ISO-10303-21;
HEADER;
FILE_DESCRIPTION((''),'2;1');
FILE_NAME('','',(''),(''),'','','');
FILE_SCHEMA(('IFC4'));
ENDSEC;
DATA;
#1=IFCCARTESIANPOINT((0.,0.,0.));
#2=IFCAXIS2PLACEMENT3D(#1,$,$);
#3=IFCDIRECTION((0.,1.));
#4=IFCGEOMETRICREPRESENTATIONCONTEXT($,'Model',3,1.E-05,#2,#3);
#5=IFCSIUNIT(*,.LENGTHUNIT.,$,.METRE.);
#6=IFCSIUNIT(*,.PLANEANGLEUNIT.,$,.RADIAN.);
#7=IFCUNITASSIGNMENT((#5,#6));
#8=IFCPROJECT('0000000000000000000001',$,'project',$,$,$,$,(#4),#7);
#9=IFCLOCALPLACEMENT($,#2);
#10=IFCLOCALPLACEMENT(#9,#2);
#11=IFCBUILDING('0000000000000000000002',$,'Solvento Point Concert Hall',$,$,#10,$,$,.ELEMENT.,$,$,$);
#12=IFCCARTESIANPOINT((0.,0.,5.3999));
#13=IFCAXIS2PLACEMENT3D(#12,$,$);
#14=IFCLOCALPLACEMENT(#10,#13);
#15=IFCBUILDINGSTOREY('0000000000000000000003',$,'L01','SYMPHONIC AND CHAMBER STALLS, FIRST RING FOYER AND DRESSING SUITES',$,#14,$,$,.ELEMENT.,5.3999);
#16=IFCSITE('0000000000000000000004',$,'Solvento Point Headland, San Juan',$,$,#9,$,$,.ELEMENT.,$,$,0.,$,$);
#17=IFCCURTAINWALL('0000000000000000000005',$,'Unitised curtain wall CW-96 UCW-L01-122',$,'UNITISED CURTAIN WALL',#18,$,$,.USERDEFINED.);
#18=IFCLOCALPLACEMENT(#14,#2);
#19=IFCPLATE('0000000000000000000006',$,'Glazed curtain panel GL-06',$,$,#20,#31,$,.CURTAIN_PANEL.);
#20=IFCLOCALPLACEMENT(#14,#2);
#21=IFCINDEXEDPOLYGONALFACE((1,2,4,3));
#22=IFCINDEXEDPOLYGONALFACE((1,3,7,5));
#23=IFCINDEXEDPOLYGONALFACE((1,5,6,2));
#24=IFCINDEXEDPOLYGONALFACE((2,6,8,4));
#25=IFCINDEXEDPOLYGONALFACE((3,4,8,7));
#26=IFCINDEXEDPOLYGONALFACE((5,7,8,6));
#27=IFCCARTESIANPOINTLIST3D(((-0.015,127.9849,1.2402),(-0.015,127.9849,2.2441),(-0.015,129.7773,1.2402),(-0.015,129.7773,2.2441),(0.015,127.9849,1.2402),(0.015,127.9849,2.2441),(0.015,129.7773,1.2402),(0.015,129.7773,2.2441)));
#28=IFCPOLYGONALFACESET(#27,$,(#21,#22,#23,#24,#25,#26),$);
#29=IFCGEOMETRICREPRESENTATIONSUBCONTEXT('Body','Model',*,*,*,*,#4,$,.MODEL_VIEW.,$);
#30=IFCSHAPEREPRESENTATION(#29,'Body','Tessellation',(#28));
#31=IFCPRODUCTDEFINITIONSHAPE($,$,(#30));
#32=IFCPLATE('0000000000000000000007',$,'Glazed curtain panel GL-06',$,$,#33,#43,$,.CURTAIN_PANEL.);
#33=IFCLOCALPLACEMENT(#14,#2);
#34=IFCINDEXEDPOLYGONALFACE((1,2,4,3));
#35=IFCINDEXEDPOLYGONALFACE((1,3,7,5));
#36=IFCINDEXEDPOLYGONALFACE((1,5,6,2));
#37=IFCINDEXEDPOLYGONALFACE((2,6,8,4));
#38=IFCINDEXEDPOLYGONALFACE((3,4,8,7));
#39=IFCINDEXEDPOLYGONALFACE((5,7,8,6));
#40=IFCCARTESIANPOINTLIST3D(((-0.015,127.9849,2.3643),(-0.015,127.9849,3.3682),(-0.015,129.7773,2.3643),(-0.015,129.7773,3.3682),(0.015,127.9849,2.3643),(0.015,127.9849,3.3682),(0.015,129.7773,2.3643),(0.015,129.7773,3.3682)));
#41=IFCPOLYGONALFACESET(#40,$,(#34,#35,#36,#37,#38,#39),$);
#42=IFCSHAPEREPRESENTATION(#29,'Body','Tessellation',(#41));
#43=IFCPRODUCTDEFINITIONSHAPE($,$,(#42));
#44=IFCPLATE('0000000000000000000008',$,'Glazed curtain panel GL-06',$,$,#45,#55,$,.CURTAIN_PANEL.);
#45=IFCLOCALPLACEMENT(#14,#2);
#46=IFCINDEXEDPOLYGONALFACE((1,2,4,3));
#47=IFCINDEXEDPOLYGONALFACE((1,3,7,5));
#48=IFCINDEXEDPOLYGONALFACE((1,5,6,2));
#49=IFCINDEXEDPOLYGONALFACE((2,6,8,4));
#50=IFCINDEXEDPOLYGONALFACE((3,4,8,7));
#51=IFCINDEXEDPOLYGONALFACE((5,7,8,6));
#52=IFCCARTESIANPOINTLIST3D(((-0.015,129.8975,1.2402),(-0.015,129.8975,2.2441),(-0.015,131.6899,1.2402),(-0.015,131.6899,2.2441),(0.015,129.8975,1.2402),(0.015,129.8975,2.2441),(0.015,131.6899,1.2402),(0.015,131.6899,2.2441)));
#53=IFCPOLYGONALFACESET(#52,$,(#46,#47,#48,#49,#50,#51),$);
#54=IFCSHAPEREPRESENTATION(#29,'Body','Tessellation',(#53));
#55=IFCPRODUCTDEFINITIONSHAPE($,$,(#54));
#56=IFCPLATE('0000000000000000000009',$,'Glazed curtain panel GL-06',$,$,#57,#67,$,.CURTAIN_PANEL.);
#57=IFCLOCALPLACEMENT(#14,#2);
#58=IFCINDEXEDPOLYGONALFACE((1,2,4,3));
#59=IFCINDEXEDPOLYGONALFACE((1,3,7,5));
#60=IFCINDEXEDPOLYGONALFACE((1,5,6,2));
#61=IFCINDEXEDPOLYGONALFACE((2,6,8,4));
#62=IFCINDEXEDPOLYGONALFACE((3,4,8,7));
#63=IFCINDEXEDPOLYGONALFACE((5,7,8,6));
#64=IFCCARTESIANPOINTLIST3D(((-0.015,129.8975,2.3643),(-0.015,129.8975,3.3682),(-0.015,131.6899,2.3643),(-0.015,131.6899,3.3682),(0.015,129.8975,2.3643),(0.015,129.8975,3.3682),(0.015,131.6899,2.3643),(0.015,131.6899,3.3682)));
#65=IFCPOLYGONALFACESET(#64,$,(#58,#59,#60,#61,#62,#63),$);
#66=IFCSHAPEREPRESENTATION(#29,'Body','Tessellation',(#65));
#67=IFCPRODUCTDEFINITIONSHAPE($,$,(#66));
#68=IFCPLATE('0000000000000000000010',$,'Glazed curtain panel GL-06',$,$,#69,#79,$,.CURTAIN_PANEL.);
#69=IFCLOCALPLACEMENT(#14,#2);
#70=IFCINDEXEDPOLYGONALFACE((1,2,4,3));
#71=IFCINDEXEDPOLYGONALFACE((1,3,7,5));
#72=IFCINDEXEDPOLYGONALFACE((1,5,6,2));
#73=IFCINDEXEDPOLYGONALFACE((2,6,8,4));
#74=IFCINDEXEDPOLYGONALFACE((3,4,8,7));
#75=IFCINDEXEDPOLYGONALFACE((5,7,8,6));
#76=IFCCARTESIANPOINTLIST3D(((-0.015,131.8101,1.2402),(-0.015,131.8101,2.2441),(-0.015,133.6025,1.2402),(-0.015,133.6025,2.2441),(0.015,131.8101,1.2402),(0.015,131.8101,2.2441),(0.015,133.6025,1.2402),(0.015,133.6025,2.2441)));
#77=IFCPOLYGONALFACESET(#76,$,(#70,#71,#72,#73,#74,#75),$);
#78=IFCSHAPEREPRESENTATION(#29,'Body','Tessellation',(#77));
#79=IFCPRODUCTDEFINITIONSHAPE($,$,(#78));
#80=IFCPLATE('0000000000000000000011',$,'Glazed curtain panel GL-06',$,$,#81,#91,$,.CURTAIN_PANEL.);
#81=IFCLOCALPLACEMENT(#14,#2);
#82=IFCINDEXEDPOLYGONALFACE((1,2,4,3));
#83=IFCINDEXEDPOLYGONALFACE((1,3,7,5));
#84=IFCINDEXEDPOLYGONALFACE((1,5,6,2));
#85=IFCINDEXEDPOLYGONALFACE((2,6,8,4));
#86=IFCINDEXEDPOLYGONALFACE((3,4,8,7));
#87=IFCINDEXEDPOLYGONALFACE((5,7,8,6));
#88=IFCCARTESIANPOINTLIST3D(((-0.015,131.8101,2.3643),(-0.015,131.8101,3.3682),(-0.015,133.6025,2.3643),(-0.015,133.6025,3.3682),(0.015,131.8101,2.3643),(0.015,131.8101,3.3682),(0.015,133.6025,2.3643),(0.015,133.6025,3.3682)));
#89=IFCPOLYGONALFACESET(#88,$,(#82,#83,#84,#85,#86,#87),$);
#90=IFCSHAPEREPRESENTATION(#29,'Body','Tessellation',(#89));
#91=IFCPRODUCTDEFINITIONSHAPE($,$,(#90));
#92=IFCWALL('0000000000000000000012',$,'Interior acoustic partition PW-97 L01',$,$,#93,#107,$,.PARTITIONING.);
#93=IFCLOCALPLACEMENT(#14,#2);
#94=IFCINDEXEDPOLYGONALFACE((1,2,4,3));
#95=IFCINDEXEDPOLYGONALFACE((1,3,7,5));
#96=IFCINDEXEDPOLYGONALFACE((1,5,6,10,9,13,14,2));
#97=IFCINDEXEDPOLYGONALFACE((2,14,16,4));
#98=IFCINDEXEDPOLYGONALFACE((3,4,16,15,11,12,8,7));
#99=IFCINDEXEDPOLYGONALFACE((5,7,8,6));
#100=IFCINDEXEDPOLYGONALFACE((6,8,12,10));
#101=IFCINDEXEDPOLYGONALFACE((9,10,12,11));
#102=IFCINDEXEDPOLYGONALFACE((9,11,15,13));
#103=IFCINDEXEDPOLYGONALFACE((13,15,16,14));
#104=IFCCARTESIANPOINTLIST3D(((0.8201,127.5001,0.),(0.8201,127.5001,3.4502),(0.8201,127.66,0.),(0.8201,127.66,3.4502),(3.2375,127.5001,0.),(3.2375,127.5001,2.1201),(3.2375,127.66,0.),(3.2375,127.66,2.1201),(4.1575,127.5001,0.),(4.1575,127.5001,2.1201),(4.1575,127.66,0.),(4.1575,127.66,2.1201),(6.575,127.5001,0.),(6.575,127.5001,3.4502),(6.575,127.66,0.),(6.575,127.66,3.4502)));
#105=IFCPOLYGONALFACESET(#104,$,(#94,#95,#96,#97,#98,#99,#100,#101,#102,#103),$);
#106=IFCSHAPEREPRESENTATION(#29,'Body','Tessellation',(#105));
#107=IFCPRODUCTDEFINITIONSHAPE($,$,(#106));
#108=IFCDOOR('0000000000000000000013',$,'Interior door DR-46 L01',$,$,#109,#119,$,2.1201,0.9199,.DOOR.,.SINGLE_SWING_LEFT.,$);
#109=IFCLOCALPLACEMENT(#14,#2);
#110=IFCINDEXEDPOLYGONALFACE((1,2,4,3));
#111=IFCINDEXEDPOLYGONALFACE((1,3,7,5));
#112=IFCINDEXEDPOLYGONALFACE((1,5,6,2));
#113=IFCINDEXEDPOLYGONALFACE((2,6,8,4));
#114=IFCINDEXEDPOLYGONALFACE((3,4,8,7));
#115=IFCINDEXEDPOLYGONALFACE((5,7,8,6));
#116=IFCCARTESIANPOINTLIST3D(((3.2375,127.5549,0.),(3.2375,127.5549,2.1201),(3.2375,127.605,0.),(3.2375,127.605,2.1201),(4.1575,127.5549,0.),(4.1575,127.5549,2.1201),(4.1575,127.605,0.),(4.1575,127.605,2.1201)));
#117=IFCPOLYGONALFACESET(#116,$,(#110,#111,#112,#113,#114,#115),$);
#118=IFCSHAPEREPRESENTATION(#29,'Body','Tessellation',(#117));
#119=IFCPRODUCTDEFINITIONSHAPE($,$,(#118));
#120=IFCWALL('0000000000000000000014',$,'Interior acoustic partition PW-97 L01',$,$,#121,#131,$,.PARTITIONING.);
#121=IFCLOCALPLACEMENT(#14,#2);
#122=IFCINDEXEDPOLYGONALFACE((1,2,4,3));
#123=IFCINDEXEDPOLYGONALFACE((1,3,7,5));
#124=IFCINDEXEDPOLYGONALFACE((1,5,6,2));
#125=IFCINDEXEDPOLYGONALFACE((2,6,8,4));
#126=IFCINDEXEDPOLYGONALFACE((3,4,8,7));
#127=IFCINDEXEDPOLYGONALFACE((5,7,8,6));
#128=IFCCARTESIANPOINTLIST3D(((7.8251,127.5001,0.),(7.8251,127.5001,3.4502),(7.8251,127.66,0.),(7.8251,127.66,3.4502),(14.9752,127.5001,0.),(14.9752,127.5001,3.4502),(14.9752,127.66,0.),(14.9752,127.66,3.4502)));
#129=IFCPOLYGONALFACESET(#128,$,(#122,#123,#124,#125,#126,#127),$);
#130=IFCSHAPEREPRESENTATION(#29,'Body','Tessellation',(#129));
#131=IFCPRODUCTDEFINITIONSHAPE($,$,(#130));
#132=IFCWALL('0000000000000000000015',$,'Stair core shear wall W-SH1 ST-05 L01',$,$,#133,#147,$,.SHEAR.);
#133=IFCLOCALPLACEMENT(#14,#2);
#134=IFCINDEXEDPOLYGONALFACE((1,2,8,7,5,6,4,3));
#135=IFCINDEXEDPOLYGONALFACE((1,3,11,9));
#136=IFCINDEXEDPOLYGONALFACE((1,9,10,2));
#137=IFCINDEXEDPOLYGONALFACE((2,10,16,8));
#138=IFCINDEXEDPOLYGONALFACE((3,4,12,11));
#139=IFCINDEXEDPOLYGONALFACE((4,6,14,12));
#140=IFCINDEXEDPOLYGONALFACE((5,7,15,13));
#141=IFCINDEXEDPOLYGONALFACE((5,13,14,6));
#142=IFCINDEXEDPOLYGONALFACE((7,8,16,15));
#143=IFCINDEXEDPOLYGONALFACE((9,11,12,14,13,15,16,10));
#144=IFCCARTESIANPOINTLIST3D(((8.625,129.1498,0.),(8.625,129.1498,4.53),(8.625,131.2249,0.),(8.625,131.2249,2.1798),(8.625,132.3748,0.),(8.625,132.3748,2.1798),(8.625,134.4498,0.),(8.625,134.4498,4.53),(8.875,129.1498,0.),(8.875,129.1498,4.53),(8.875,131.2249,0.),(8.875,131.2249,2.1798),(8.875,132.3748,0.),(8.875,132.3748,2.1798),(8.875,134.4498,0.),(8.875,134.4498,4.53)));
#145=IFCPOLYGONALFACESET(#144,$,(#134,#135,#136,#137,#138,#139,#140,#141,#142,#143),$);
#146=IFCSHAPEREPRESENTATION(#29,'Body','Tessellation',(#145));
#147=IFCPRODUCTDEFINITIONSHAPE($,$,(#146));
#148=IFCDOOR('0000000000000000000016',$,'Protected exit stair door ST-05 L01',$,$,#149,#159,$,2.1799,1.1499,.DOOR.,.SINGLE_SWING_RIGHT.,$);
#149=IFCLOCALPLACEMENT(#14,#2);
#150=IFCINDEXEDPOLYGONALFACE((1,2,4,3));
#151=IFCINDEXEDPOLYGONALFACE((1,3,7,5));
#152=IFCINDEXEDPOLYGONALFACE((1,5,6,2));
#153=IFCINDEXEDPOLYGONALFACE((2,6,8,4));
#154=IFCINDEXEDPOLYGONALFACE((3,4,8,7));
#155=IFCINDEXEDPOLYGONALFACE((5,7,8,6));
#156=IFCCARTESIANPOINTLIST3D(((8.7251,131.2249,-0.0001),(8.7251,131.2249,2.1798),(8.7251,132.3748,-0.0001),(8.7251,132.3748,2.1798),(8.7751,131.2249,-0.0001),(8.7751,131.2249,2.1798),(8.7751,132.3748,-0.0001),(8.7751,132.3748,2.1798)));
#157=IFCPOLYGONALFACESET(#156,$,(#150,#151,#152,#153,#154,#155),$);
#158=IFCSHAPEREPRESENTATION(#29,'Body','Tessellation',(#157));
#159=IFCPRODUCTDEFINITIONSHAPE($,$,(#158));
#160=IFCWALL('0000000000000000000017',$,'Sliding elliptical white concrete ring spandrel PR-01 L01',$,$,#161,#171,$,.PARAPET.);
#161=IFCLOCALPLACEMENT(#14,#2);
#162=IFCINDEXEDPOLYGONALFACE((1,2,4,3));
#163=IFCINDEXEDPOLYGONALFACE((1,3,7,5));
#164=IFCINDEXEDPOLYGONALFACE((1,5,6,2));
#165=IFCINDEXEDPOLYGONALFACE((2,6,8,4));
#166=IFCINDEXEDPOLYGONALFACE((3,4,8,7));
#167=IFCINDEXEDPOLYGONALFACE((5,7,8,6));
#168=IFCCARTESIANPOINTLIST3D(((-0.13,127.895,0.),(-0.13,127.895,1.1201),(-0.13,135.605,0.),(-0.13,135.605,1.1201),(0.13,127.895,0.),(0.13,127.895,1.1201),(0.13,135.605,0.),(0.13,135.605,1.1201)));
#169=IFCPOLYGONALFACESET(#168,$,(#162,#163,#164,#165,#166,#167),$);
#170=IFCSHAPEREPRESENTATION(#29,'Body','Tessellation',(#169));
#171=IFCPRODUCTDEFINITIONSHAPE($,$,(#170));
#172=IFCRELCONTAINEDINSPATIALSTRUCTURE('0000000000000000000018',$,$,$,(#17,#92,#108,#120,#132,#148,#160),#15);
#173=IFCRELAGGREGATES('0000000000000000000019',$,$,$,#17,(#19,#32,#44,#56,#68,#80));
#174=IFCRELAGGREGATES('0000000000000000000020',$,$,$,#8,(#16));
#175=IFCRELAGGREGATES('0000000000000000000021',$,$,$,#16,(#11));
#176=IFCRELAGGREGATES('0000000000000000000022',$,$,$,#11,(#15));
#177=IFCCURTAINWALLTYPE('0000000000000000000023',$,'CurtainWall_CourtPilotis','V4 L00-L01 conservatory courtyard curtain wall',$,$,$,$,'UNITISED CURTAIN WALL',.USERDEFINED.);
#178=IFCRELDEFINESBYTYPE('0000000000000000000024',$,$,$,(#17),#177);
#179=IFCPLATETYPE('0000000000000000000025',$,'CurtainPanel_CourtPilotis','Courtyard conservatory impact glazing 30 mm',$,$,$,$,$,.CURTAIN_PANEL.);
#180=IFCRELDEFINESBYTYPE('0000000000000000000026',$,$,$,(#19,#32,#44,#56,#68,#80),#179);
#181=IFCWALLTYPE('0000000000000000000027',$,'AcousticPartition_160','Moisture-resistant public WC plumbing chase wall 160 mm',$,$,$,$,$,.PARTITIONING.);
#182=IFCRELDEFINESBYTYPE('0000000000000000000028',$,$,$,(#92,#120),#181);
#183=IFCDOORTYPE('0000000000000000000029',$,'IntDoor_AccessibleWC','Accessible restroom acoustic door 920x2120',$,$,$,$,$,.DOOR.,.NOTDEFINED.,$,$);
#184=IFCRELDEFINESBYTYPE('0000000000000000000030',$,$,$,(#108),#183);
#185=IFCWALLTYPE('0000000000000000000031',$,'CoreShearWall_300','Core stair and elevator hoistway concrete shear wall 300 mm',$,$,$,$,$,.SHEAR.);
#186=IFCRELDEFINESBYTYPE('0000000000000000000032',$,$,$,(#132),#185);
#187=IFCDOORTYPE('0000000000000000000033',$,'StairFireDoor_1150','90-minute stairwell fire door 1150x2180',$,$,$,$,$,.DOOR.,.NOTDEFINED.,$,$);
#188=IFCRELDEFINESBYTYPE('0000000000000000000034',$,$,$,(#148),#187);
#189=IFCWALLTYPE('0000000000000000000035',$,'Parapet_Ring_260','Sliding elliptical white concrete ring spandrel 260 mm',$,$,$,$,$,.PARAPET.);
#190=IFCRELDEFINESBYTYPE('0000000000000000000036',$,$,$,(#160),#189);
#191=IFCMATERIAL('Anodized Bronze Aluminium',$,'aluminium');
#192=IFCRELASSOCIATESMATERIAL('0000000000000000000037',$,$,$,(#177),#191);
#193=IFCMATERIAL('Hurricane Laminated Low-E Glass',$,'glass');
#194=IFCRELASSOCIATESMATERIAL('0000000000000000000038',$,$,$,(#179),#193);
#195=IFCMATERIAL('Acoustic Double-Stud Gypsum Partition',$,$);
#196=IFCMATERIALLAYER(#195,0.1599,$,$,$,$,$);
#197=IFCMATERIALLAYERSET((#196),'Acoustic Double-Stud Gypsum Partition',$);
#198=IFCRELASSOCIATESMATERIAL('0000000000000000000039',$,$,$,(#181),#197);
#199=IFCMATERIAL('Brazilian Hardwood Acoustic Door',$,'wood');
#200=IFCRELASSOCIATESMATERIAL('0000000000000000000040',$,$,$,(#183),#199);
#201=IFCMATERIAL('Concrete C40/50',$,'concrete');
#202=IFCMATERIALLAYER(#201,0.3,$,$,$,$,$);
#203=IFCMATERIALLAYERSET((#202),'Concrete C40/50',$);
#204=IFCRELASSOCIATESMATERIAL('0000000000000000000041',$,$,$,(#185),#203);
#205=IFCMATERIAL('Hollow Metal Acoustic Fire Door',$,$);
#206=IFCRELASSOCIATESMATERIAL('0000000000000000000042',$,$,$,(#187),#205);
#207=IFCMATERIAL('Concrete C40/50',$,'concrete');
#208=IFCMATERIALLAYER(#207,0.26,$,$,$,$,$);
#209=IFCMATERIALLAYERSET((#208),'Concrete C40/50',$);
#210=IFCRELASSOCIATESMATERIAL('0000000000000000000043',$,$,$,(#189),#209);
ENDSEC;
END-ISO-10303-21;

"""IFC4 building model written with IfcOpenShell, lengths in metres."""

from ifc_helpers import new_model, si_unit, direction, frame, frame_2d, origin, origin_2d, place, context, subcontext, project, spatial, rectangle, extrude, material, layer, layer_set, type_object, element, fill, aggregate, save


model = new_model("IFC4")

# Units and contexts
model_context = context("Model", 3, precision=1e-05, world=origin(), true_north=direction((0.0, 1.0)))
body_context = subcontext(model_context, "Body", "Model", "MODEL_VIEW")
ifc_project = project(units=[si_unit("LENGTHUNIT", "METRE"), si_unit("PLANEANGLEUNIT", "RADIAN")], contexts=[model_context])

# Site, building, storey
site_placement = place(None, origin())
site = spatial("IfcSite", under=ifc_project, at=site_placement, Name="Solvento Point Headland, San Juan", CompositionType="ELEMENT", RefElevation=0.0)
building_placement = place(site_placement, origin())
building = spatial("IfcBuilding", under=site, at=building_placement, Name="Solvento Point Concert Hall", CompositionType="ELEMENT")
storey_placement = place(building_placement, frame((0.0, 0.0, 5.3999)))
storey = spatial("IfcBuildingStorey", under=building, at=storey_placement, Name="L01", Description="SYMPHONIC AND CHAMBER STALLS, FIRST RING FOYER AND DRESSING SUITES", CompositionType="ELEMENT", Elevation=5.3999)

# Curtain wall
ifc_material_1 = material(Name="Anodized Bronze Aluminium", Category="aluminium")
curtain_wall_type = type_object("IfcCurtainWallType", Name="CurtainWall_CourtPilotis", Description="V4 L00-L01 conservatory courtyard curtain wall", ElementType="UNITISED CURTAIN WALL", PredefinedType="USERDEFINED", material=ifc_material_1)
curtain_wall_1_placement = place(storey_placement, origin())
curtain_wall_1 = element("IfcCurtainWall", 1, at=curtain_wall_1_placement, inside=storey, type_object=curtain_wall_type, Name="Unitised curtain wall CW-96 UCW-L01-122", ObjectType="UNITISED CURTAIN WALL", PredefinedType="USERDEFINED")

# Plates
ifc_material_2 = material(Name="Hurricane Laminated Low-E Glass", Category="glass")
plate_type = type_object("IfcPlateType", Name="CurtainPanel_CourtPilotis", Description="Courtyard conservatory impact glazing 30 mm", PredefinedType="CURTAIN_PANEL", material=ifc_material_2)
plate_1_placement = place(storey_placement, frame((0.0, 128.8811, 1.2402), z_axis=(0.0, 0.0, 1.0), x_axis=(0.0, 1.0, 0.0)))
plate_1 = element("IfcPlate", 2, at=plate_1_placement, type_object=plate_type, Name="Glazed curtain panel GL-06", PredefinedType="CURTAIN_PANEL", context=body_context, shape_type="SweptSolid", body=[
    extrude(rectangle(XDim=1.7925, YDim=0.03, at=origin_2d()), origin(), (0.0, 0.0, 1.0), 1.0039),
])
plate_2_placement = place(storey_placement, frame((0.0, 128.8811, 2.3643), z_axis=(0.0, 0.0, 1.0), x_axis=(0.0, 1.0, 0.0)))
plate_2 = element("IfcPlate", 3, at=plate_2_placement, type_object=plate_type, Name="Glazed curtain panel GL-06", PredefinedType="CURTAIN_PANEL", context=body_context, shape_type="SweptSolid", body=[
    extrude(rectangle(XDim=1.7925, YDim=0.03, at=origin_2d()), origin(), (0.0, 0.0, 1.0), 1.0039),
])
plate_3_placement = place(storey_placement, frame((0.0, 130.7937, 1.2402), z_axis=(0.0, 0.0, 1.0), x_axis=(0.0, 1.0, 0.0)))
plate_3 = element("IfcPlate", 4, at=plate_3_placement, type_object=plate_type, Name="Glazed curtain panel GL-06", PredefinedType="CURTAIN_PANEL", context=body_context, shape_type="SweptSolid", body=[
    extrude(rectangle(XDim=1.7925, YDim=0.03, at=origin_2d()), origin(), (0.0, 0.0, 1.0), 1.0039),
])
plate_4_placement = place(storey_placement, frame((0.0, 130.7937, 2.3643), z_axis=(0.0, 0.0, 1.0), x_axis=(0.0, 1.0, 0.0)))
plate_4 = element("IfcPlate", 5, at=plate_4_placement, type_object=plate_type, Name="Glazed curtain panel GL-06", PredefinedType="CURTAIN_PANEL", context=body_context, shape_type="SweptSolid", body=[
    extrude(rectangle(XDim=1.7925, YDim=0.03, at=origin_2d()), origin(), (0.0, 0.0, 1.0), 1.0039),
])
plate_5_placement = place(storey_placement, frame((0.0, 132.7063, 1.2402), z_axis=(0.0, 0.0, 1.0), x_axis=(0.0, 1.0, 0.0)))
plate_5 = element("IfcPlate", 6, at=plate_5_placement, type_object=plate_type, Name="Glazed curtain panel GL-06", PredefinedType="CURTAIN_PANEL", context=body_context, shape_type="SweptSolid", body=[
    extrude(rectangle(XDim=1.7925, YDim=0.03, at=origin_2d()), origin(), (0.0, 0.0, 1.0), 1.0039),
])
plate_6_placement = place(storey_placement, frame((0.0, 132.7063, 2.3643), z_axis=(0.0, 0.0, 1.0), x_axis=(0.0, 1.0, 0.0)))
plate_6 = element("IfcPlate", 7, at=plate_6_placement, type_object=plate_type, Name="Glazed curtain panel GL-06", PredefinedType="CURTAIN_PANEL", context=body_context, shape_type="SweptSolid", body=[
    extrude(rectangle(XDim=1.7925, YDim=0.03, at=origin_2d()), origin(), (0.0, 0.0, 1.0), 1.0039),
])
aggregate(curtain_wall_1, [plate_1, plate_2, plate_3, plate_4, plate_5, plate_6])

# Wall, opening, door
ifc_material_3 = material(Name="Acoustic Double-Stud Gypsum Partition")
ifc_layer_1 = layer(ifc_material_3, 0.1599)
ifc_layer_set_1 = layer_set([ifc_layer_1], Name="Acoustic Double-Stud Gypsum Partition")
wall_type_1 = type_object("IfcWallType", Name="AcousticPartition_160", Description="Moisture-resistant public WC plumbing chase wall 160 mm", PredefinedType="PARTITIONING", material=ifc_layer_set_1)
wall_1_placement = place(storey_placement, frame((0.8201, 127.5801, 0.0), z_axis=(0.0, 0.0, 1.0), x_axis=(1.0, 0.0, 0.0)))
wall_1 = element("IfcWall", 8, at=wall_1_placement, inside=storey, type_object=wall_type_1, Name="Interior acoustic partition PW-97 L01", PredefinedType="PARTITIONING", context=body_context, shape_type="SweptSolid", body=[
    extrude(rectangle(XDim=5.7549, YDim=0.1599, at=frame_2d((2.8774, 0.0))), origin(), (0.0, 0.0, 1.0), 3.4502),
])
opening_1_placement = place(wall_1_placement, frame((2.4175, 0.0, 0.0)))
opening_1 = element("IfcOpeningElement", 9, at=opening_1_placement, cuts=wall_1, PredefinedType="OPENING", context=body_context, shape_type="SweptSolid", body=[
    extrude(rectangle(XDim=0.9199, YDim=2.1201, at=frame_2d((0.46, 1.0601))), frame((0.0, 0.0898, 0.0), z_axis=(0.0, -1.0, 0.0), x_axis=(1.0, 0.0, 0.0)), (0.0, 0.0, 1.0), 0.1799),
])
ifc_material_4 = material(Name="Brazilian Hardwood Acoustic Door", Category="wood")
door_type_1 = type_object("IfcDoorType", Name="IntDoor_AccessibleWC", Description="Accessible restroom acoustic door 920x2120", OperationType="NOTDEFINED", PredefinedType="DOOR", material=ifc_material_4)
door_1_placement = place(opening_1_placement, origin())
door_1 = element("IfcDoor", 10, at=door_1_placement, inside=storey, type_object=door_type_1, Name="Interior door DR-46 L01", OperationType="SINGLE_SWING_LEFT", OverallHeight=2.1201, OverallWidth=0.9199, PredefinedType="DOOR", context=body_context, shape_type="SweptSolid", body=[
    extrude(rectangle(XDim=0.9199, YDim=2.1201, at=frame_2d((0.46, 1.0601))), frame((0.0, 0.0249, 0.0), z_axis=(0.0, -1.0, 0.0), x_axis=(1.0, 0.0, 0.0)), (0.0, 0.0, 1.0), 0.05),
])
fill(opening_1, door_1)

# Wall
wall_2_placement = place(storey_placement, frame((7.825, 127.5801, 0.0), z_axis=(0.0, 0.0, 1.0), x_axis=(1.0, 0.0, 0.0)))
element("IfcWall", 11, at=wall_2_placement, inside=storey, type_object=wall_type_1, Name="Interior acoustic partition PW-97 L01", PredefinedType="PARTITIONING", context=body_context, shape_type="SweptSolid", body=[
    extrude(rectangle(XDim=7.1501, YDim=0.1599, at=frame_2d((3.5752, 0.0))), origin(), (0.0, 0.0, 1.0), 3.4502),
])

# Wall, opening, door
ifc_material_5 = material(Name="Concrete C40/50", Category="concrete")
ifc_layer_2 = layer(ifc_material_5, 0.3)
ifc_layer_set_2 = layer_set([ifc_layer_2], Name="Concrete C40/50")
wall_type_2 = type_object("IfcWallType", Name="CoreShearWall_300", Description="Core stair and elevator hoistway concrete shear wall 300 mm", PredefinedType="SHEAR", material=ifc_layer_set_2)
wall_3_placement = place(storey_placement, frame((8.75, 129.1499, 0.0), z_axis=(0.0, 0.0, 1.0), x_axis=(0.0, 1.0, 0.0)))
wall_3 = element("IfcWall", 12, at=wall_3_placement, inside=storey, type_object=wall_type_2, Name="Stair core shear wall W-SH1 ST-05 L01", PredefinedType="SHEAR", context=body_context, shape_type="SweptSolid", body=[
    extrude(rectangle(XDim=5.3, YDim=0.25, at=frame_2d((2.6499, 0.0))), origin(), (0.0, 0.0, 1.0), 4.53),
])
opening_2_placement = place(wall_3_placement, frame((2.075, 0.0, 0.0)))
opening_2 = element("IfcOpeningElement", 13, at=opening_2_placement, cuts=wall_3, PredefinedType="OPENING", context=body_context, shape_type="SweptSolid", body=[
    extrude(rectangle(XDim=1.1499, YDim=2.1799, at=frame_2d((0.575, 1.0898))), frame((0.0, 0.135, 0.0), z_axis=(0.0, -1.0, 0.0), x_axis=(1.0, 0.0, 0.0)), (0.0, 0.0, 1.0), 0.27),
])
ifc_material_6 = material(Name="Hollow Metal Acoustic Fire Door")
door_type_2 = type_object("IfcDoorType", Name="StairFireDoor_1150", Description="90-minute stairwell fire door 1150x2180", OperationType="NOTDEFINED", PredefinedType="DOOR", material=ifc_material_6)
door_2_placement = place(opening_2_placement, origin())
door_2 = element("IfcDoor", 14, at=door_2_placement, inside=storey, type_object=door_type_2, Name="Protected exit stair door ST-05 L01", OperationType="SINGLE_SWING_RIGHT", OverallHeight=2.1799, OverallWidth=1.1499, PredefinedType="DOOR", context=body_context, shape_type="SweptSolid", body=[
    extrude(rectangle(XDim=1.1499, YDim=2.1799, at=frame_2d((0.575, 1.0898))), frame((0.0, 0.0249, 0.0), z_axis=(0.0, -1.0, 0.0), x_axis=(1.0, 0.0, 0.0)), (0.0, 0.0, 1.0), 0.05),
])
fill(opening_2, door_2)

# Wall
ifc_material_7 = material(Name="Concrete C40/50", Category="concrete")
ifc_layer_3 = layer(ifc_material_7, 0.26)
ifc_layer_set_3 = layer_set([ifc_layer_3], Name="Concrete C40/50")
wall_type_3 = type_object("IfcWallType", Name="Parapet_Ring_260", Description="Sliding elliptical white concrete ring spandrel 260 mm", PredefinedType="PARAPET", material=ifc_layer_set_3)
wall_4_placement = place(storey_placement, frame((0.0, 127.895, 0.0), z_axis=(0.0, 0.0, 1.0), x_axis=(0.0, 1.0, 0.0)))
element("IfcWall", 15, at=wall_4_placement, inside=storey, type_object=wall_type_3, Name="Sliding elliptical white concrete ring spandrel PR-01 L01", PredefinedType="PARAPET", context=body_context, shape_type="SweptSolid", body=[
    extrude(rectangle(XDim=7.71, YDim=0.26, at=frame_2d((3.855, 0.0))), origin(), (0.0, 0.0, 1.0), 1.1201),
])

save(model, "model.ifc")
